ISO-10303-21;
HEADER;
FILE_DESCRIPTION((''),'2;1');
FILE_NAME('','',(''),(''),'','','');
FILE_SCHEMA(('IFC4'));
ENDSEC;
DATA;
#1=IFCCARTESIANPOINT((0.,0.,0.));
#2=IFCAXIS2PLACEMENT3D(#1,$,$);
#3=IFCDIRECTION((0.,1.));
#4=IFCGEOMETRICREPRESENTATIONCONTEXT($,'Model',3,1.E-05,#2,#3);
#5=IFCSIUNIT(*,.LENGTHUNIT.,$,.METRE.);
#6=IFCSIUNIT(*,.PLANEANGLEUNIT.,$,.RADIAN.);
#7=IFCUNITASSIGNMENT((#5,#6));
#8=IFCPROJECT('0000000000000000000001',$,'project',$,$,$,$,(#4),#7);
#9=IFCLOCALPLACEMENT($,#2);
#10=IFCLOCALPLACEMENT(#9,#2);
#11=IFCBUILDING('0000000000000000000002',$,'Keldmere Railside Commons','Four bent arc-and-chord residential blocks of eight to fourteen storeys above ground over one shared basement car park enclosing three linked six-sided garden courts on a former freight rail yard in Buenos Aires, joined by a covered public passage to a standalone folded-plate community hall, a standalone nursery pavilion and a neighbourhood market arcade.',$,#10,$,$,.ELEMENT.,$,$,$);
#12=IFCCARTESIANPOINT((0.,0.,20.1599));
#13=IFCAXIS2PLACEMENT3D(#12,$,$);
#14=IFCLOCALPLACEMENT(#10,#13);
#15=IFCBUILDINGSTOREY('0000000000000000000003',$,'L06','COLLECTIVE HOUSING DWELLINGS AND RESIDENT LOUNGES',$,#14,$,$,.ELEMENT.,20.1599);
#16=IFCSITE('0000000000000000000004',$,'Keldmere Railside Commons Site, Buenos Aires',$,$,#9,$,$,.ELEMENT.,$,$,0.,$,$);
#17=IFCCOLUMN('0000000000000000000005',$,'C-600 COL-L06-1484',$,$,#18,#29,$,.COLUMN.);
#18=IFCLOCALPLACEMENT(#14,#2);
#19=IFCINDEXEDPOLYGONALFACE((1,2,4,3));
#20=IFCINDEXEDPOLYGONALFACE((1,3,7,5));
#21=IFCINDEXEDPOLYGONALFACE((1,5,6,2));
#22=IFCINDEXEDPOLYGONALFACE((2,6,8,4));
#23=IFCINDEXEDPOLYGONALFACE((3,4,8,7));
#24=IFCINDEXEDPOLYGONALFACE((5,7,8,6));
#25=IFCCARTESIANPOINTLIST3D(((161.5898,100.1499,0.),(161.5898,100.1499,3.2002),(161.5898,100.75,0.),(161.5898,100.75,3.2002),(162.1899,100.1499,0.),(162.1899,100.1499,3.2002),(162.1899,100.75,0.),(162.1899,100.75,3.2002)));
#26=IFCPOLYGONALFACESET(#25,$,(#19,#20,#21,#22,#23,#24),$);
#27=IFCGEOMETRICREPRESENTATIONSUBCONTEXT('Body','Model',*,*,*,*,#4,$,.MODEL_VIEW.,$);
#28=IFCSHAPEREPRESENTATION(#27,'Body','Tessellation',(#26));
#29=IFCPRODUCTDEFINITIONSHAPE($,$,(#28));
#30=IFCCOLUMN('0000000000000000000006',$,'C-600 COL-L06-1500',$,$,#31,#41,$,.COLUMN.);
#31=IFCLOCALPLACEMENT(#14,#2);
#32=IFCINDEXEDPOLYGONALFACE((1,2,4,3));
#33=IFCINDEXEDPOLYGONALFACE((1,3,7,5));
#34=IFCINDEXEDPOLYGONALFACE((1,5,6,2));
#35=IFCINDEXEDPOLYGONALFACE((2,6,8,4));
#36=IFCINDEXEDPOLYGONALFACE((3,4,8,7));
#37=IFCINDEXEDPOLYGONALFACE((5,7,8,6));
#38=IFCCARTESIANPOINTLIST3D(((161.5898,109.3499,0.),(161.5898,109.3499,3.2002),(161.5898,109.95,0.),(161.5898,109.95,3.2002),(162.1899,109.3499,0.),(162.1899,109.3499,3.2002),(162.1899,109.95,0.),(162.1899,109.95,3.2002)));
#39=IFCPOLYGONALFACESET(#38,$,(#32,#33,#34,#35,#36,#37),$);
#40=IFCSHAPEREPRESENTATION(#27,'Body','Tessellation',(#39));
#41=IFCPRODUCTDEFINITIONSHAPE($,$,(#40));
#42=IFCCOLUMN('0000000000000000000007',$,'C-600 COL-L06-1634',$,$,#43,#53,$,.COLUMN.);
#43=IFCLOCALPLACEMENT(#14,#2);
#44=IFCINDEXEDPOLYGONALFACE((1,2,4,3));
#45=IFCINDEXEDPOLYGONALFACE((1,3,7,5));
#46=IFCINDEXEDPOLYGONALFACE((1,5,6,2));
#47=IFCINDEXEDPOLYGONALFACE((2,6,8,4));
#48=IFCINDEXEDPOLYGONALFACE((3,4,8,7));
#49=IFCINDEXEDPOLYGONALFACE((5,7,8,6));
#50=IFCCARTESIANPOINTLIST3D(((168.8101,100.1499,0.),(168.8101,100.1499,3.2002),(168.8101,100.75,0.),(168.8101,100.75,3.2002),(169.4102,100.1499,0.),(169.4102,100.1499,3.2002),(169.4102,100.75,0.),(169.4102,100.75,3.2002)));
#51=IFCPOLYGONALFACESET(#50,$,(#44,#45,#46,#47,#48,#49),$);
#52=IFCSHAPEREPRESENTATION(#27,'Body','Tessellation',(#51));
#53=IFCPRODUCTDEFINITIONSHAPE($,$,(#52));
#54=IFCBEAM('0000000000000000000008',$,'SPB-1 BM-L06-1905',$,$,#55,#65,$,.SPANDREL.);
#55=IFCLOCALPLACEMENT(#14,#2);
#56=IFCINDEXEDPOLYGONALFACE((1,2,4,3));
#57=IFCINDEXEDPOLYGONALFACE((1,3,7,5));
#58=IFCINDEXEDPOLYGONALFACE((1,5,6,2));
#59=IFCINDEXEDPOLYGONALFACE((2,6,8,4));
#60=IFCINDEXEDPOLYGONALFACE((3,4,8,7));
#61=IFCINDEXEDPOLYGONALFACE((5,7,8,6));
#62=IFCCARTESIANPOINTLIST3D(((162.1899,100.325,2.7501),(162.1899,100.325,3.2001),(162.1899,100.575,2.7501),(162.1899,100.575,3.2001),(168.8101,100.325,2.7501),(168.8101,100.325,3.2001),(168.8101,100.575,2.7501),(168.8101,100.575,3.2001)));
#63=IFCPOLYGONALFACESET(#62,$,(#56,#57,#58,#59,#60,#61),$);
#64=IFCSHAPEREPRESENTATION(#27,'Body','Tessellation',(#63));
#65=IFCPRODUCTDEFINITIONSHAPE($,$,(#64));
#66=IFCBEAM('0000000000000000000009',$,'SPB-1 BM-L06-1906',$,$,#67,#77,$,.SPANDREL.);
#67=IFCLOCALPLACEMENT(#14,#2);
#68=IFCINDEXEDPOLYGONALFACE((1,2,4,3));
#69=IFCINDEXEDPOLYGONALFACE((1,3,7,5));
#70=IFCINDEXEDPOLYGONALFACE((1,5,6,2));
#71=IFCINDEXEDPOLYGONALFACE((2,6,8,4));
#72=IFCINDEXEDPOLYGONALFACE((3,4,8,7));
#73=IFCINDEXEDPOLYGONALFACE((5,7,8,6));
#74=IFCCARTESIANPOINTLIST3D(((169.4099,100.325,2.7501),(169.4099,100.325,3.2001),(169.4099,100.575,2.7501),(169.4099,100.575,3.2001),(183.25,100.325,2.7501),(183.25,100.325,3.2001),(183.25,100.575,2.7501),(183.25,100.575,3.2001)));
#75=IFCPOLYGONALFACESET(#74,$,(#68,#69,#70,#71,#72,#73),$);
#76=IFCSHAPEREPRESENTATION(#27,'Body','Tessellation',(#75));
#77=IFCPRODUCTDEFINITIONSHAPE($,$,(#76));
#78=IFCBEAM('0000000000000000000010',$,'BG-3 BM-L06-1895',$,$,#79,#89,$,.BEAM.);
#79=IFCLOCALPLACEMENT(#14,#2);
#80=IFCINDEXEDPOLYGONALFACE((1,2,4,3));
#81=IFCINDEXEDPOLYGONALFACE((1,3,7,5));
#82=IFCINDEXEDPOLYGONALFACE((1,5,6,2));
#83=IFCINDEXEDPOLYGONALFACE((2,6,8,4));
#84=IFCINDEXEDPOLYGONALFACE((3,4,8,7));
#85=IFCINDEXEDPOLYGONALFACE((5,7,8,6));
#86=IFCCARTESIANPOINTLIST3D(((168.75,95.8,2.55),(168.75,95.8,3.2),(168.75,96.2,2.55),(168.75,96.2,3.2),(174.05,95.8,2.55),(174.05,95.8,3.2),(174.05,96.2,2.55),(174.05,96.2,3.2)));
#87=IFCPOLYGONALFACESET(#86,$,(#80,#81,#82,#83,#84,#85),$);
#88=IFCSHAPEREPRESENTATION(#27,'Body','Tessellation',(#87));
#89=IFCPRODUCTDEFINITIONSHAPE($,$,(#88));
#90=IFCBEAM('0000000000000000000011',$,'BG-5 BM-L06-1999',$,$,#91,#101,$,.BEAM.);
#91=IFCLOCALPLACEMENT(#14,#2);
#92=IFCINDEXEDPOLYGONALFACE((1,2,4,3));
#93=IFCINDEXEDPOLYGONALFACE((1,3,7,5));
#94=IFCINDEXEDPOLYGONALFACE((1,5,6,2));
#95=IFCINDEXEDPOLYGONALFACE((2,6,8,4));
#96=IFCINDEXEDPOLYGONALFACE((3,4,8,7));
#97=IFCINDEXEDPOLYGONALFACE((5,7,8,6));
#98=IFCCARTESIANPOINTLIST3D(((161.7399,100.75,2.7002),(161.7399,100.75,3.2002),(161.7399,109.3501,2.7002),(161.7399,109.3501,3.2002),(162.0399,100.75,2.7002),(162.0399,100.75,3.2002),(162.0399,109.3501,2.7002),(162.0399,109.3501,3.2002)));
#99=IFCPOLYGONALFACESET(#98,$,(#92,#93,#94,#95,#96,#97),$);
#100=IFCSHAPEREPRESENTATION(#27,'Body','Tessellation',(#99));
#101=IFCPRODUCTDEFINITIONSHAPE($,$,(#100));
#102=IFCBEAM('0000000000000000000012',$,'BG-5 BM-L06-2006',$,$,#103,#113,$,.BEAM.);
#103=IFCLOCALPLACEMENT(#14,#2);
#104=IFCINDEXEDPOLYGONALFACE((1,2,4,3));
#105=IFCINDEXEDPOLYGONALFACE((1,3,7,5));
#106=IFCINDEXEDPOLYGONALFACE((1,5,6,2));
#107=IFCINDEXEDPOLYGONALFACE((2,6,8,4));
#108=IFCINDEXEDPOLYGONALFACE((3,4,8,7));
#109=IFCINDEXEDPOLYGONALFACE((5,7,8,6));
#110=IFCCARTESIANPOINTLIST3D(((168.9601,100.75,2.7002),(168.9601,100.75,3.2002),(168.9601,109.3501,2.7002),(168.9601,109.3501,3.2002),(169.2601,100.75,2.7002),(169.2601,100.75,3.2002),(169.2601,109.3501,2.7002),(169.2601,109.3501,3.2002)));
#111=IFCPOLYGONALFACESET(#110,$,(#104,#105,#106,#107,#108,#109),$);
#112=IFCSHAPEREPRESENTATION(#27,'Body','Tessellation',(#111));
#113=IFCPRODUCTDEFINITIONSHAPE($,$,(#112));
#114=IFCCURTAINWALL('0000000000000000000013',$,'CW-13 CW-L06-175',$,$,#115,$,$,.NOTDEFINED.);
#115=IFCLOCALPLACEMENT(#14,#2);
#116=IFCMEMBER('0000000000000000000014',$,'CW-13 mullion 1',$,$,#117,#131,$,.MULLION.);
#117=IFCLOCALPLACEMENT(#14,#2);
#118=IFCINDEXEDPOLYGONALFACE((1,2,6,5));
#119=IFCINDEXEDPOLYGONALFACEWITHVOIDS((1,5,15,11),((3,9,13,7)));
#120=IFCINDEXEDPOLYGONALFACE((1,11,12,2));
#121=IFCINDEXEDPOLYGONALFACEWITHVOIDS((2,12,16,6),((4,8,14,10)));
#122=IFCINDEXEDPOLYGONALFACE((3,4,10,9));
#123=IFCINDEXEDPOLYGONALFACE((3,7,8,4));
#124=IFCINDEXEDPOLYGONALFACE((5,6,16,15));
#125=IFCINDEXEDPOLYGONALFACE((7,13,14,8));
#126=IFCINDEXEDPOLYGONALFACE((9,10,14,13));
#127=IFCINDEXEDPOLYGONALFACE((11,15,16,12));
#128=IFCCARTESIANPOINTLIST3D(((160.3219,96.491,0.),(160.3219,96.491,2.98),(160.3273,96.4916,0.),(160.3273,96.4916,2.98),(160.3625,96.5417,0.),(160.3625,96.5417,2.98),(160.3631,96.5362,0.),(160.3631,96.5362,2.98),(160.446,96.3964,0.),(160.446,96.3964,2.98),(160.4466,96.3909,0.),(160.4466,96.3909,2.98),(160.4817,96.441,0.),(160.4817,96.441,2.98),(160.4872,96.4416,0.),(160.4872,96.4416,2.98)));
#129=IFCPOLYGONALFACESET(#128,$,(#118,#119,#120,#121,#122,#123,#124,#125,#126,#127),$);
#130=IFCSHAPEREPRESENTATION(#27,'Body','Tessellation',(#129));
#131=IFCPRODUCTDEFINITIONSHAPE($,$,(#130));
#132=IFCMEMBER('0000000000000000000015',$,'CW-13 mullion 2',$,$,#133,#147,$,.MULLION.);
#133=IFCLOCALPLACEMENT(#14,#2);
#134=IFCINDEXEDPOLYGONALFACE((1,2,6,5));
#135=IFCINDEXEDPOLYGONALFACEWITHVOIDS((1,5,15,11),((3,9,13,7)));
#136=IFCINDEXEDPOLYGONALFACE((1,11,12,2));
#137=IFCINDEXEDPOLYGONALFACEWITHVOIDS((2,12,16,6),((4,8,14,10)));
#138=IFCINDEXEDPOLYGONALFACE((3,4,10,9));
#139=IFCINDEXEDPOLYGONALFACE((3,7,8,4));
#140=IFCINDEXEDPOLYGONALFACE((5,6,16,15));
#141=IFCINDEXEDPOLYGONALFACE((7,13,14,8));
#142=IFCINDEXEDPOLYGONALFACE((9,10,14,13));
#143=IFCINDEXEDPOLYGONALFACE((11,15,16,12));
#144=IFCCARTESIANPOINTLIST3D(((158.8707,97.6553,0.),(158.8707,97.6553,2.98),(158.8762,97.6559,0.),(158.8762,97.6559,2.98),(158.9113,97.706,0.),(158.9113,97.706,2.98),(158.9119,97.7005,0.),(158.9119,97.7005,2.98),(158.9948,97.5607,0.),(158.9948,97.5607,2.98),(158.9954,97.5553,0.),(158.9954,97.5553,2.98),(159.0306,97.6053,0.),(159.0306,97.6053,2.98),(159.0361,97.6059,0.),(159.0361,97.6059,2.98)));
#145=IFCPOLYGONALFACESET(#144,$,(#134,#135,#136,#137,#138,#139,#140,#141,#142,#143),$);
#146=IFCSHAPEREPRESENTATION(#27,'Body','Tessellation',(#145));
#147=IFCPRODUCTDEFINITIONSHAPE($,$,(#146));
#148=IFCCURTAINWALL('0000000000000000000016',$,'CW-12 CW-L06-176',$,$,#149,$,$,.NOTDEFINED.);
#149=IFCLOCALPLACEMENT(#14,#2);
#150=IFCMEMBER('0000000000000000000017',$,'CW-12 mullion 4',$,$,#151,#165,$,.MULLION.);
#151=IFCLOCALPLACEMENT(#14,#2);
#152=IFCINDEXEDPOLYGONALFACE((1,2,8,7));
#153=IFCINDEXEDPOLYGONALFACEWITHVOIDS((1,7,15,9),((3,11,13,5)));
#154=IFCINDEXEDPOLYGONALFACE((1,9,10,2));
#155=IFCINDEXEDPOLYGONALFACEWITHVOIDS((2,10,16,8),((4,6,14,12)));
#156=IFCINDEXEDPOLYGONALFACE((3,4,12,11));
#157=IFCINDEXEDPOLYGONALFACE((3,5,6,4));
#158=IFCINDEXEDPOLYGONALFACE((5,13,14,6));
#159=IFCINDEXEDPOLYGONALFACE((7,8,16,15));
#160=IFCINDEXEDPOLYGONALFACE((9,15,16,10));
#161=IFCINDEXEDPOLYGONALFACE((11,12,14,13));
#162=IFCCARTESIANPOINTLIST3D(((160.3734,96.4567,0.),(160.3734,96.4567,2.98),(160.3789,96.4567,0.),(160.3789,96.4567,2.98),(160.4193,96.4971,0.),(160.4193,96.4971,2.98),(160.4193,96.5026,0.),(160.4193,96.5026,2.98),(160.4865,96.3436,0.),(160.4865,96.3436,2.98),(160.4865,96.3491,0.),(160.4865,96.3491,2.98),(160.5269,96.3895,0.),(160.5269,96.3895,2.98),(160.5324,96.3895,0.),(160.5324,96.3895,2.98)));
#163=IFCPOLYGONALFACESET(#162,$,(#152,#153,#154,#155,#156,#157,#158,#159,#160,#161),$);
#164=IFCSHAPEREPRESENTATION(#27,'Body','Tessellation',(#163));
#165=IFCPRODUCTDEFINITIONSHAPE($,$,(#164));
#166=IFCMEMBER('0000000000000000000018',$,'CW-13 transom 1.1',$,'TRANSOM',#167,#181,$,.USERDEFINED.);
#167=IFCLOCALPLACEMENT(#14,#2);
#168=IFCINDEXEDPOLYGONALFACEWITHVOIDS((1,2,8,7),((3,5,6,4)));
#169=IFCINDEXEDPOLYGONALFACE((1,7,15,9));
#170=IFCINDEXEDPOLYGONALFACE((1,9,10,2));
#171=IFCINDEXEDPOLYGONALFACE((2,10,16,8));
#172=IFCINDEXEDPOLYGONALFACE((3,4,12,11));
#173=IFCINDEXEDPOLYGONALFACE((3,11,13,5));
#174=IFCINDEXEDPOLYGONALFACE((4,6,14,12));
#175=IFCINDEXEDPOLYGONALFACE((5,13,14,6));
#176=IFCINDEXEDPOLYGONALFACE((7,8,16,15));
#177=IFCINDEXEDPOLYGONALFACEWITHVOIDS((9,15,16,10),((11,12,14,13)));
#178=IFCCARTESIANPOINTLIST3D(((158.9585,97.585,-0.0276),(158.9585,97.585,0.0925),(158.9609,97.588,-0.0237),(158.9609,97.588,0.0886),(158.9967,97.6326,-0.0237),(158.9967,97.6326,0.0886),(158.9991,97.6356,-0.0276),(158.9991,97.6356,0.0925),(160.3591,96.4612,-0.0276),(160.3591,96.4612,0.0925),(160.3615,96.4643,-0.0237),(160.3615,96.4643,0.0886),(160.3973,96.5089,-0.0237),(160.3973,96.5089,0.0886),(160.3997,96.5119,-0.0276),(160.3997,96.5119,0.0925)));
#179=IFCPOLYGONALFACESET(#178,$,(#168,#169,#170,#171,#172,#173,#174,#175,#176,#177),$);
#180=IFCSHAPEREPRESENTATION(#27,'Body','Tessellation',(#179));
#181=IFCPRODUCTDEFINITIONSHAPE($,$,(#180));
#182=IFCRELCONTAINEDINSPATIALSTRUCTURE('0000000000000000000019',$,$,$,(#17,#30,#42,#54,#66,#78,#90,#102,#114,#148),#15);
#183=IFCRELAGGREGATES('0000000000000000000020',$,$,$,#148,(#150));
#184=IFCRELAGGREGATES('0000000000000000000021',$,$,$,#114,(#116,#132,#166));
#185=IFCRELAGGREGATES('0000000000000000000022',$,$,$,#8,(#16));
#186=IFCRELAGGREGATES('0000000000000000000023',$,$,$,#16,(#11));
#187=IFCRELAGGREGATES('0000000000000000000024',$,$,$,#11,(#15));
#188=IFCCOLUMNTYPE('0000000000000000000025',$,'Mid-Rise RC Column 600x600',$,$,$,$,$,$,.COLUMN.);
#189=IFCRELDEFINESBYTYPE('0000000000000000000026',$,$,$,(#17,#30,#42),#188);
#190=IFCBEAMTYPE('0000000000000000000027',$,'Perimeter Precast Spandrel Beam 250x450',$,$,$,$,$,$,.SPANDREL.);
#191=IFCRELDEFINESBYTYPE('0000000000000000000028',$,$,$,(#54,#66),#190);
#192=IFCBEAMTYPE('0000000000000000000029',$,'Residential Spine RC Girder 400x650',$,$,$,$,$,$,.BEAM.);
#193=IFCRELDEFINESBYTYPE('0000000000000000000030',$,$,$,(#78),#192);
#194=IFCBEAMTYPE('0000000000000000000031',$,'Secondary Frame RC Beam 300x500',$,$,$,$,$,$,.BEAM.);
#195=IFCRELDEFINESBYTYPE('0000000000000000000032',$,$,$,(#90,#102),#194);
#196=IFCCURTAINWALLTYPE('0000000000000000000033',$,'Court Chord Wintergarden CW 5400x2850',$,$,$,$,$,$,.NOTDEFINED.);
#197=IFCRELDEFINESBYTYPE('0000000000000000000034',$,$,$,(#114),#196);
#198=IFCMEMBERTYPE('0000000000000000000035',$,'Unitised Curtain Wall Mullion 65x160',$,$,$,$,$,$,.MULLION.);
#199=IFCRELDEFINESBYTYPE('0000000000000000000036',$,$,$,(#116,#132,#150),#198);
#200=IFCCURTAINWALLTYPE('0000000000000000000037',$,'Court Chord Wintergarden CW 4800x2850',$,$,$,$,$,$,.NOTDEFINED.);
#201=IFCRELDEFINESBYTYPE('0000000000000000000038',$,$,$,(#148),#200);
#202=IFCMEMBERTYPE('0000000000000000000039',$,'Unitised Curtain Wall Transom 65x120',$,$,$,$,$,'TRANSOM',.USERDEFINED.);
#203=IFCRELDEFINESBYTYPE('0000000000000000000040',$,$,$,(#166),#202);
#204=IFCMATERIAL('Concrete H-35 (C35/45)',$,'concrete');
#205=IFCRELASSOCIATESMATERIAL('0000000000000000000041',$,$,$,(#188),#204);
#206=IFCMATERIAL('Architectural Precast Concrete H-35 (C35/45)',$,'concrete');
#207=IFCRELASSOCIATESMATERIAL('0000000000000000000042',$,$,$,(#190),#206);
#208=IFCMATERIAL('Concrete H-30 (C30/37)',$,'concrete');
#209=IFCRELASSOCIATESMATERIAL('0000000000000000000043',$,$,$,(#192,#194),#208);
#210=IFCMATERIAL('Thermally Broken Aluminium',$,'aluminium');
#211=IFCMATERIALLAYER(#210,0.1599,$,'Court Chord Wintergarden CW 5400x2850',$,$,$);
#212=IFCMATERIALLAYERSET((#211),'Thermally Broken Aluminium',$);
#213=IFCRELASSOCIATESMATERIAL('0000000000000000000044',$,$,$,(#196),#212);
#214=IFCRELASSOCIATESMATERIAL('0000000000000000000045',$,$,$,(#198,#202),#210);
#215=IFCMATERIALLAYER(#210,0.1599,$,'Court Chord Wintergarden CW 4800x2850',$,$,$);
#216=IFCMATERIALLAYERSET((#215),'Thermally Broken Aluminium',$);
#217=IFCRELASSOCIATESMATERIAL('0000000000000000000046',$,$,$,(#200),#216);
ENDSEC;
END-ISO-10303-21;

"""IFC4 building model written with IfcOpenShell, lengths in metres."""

from ifc_helpers import new_model, si_unit, direction, frame, origin, origin_2d, place, context, subcontext, project, spatial, rectangle, hollow_rectangle, extrude, material, layer, layer_set, material_profile, profile_set, type_object, element, aggregate, save


model = new_model("IFC4")

# Units and contexts
model_context = context("Model", 3, precision=1e-05, world=origin(), true_north=direction((0.0, 1.0)))
body_context = subcontext(model_context, "Body", "Model", "MODEL_VIEW")
ifc_project = project(units=[si_unit("LENGTHUNIT", "METRE"), si_unit("PLANEANGLEUNIT", "RADIAN")], contexts=[model_context])

# Site, building, storey
site_placement = place(None, origin())
site = spatial("IfcSite", under=ifc_project, at=site_placement, Name="Keldmere Railside Commons Site, Buenos Aires", CompositionType="ELEMENT", RefElevation=0.0)
building_placement = place(site_placement, origin())
building = spatial("IfcBuilding", under=site, at=building_placement, Name="Keldmere Railside Commons", Description="Four bent arc-and-chord residential blocks of eight to fourteen storeys above ground over one shared basement car park enclosing three linked six-sided garden courts on a former freight rail yard in Buenos Aires, joined by a covered public passage to a standalone folded-plate community hall, a standalone nursery pavilion and a neighbourhood market arcade.", CompositionType="ELEMENT")
storey_placement = place(building_placement, frame((0.0, 0.0, 20.1599)))
storey = spatial("IfcBuildingStorey", under=building, at=storey_placement, Name="L06", Description="COLLECTIVE HOUSING DWELLINGS AND RESIDENT LOUNGES", CompositionType="ELEMENT", Elevation=20.1599)

# Columns
ifc_material_1 = material(Name="Concrete H-35 (C35/45)", Category="concrete")
ifc_material_profile_1 = material_profile(ifc_material_1, rectangle(XDim=0.6001, YDim=0.6001, at=origin_2d()), Name="RC-600x600")
ifc_profile_set_1 = profile_set([ifc_material_profile_1], Name="Concrete H-35 (C35/45)")
column_type = type_object("IfcColumnType", Name="Mid-Rise RC Column 600x600", PredefinedType="COLUMN", material=ifc_profile_set_1)
for number, where, z_axis, x_axis, name in (
    (1, (161.8899, 100.45, 0.0), (0.0, 0.0, 1.0), (1.0, 0.0, 0.0), "C-600 COL-L06-1484"),
    (2, (161.8899, 109.6499, 0.0), (0.0, 0.0, 1.0), (1.0, 0.0, 0.0), "C-600 COL-L06-1500"),
    (3, (169.1101, 100.45, 0.0), (0.0, 0.0, 1.0), (1.0, 0.0, 0.0), "C-600 COL-L06-1634"),
):
    element("IfcColumn", number, at=place(storey_placement, frame(where, z_axis=z_axis, x_axis=x_axis)), inside=storey, type_object=column_type, Name=name, PredefinedType="COLUMN", context=body_context, shape_type="SweptSolid", body=[
        extrude(rectangle(XDim=0.6001, YDim=0.6001, at=origin_2d()), origin(), (0.0, 0.0, 1.0), 3.2002),
    ])

# Beams
ifc_material_2 = material(Name="Architectural Precast Concrete H-35 (C35/45)", Category="concrete")
ifc_material_profile_2 = material_profile(ifc_material_2, rectangle(XDim=0.25, YDim=0.45, at=origin_2d()), Name="RC-250x450")
ifc_profile_set_2 = profile_set([ifc_material_profile_2], Name="Architectural Precast Concrete H-35 (C35/45)")
beam_type_1 = type_object("IfcBeamType", Name="Perimeter Precast Spandrel Beam 250x450", PredefinedType="SPANDREL", material=ifc_profile_set_2)
beam_1_placement = place(storey_placement, frame((162.1899, 100.45, 2.9751), z_axis=(1.0, 0.0, 0.0), x_axis=(0.0, 1.0, 0.0)))
element("IfcBeam", 4, at=beam_1_placement, inside=storey, type_object=beam_type_1, Name="SPB-1 BM-L06-1905", PredefinedType="SPANDREL", context=body_context, shape_type="SweptSolid", body=[
    extrude(rectangle(XDim=0.25, YDim=0.45, at=origin_2d()), origin(), (0.0, 0.0, 1.0), 6.6201),
])
beam_2_placement = place(storey_placement, frame((169.4099, 100.45, 2.9751), z_axis=(1.0, 0.0, 0.0), x_axis=(0.0, 1.0, 0.0)))
element("IfcBeam", 5, at=beam_2_placement, inside=storey, type_object=beam_type_1, Name="SPB-1 BM-L06-1906", PredefinedType="SPANDREL", context=body_context, shape_type="SweptSolid", body=[
    extrude(rectangle(XDim=0.25, YDim=0.45, at=origin_2d()), origin(), (0.0, 0.0, 1.0), 13.8401),
])
ifc_material_3 = material(Name="Concrete H-30 (C30/37)", Category="concrete")
ifc_material_profile_3 = material_profile(ifc_material_3, rectangle(XDim=0.3999, YDim=0.6499, at=origin_2d()), Name="RC-400x650")
ifc_profile_set_3 = profile_set([ifc_material_profile_3], Name="Concrete H-30 (C30/37)")
beam_type_2 = type_object("IfcBeamType", Name="Residential Spine RC Girder 400x650", PredefinedType="BEAM", material=ifc_profile_set_3)
beam_3_placement = place(storey_placement, frame((168.75, 96.0, 2.875), z_axis=(1.0, 0.0, 0.0), x_axis=(0.0, 1.0, 0.0)))
element("IfcBeam", 6, at=beam_3_placement, inside=storey, type_object=beam_type_2, Name="BG-3 BM-L06-1895", PredefinedType="BEAM", context=body_context, shape_type="SweptSolid", body=[
    extrude(rectangle(XDim=0.3999, YDim=0.6499, at=origin_2d()), origin(), (0.0, 0.0, 1.0), 5.3),
])
ifc_material_profile_4 = material_profile(ifc_material_3, rectangle(XDim=0.3, YDim=0.5, at=origin_2d()), Name="RC-300x500")
ifc_profile_set_4 = profile_set([ifc_material_profile_4], Name="Concrete H-30 (C30/37)")
beam_type_3 = type_object("IfcBeamType", Name="Secondary Frame RC Beam 300x500", PredefinedType="BEAM", material=ifc_profile_set_4)
for number, where, z_axis, x_axis, name in (
    (7, (161.8899, 100.75, 2.9502), (0.0, 1.0, 0.0), (-1.0, 0.0, 0.0), "BG-5 BM-L06-1999"),
    (8, (169.1101, 100.75, 2.9502), (0.0, 1.0, 0.0), (-1.0, 0.0, 0.0), "BG-5 BM-L06-2006"),
):
    element("IfcBeam", number, at=place(storey_placement, frame(where, z_axis=z_axis, x_axis=x_axis)), inside=storey, type_object=beam_type_3, Name=name, PredefinedType="BEAM", context=body_context, shape_type="SweptSolid", body=[
        extrude(rectangle(XDim=0.3, YDim=0.5, at=origin_2d()), origin(), (0.0, 0.0, 1.0), 8.6001),
    ])

# Curtain wall, members
ifc_material_4 = material(Name="Thermally Broken Aluminium", Category="aluminium")
ifc_layer_1 = layer(ifc_material_4, 0.1599, Name="Court Chord Wintergarden CW 5400x2850")
ifc_layer_set_1 = layer_set([ifc_layer_1], Name="Thermally Broken Aluminium")
curtain_wall_type_1 = type_object("IfcCurtainWallType", Name="Court Chord Wintergarden CW 5400x2850", PredefinedType="NOTDEFINED", material=ifc_layer_set_1)
curtain_wall_1_placement = place(storey_placement, origin())
curtain_wall_1 = element("IfcCurtainWall", 9, at=curtain_wall_1_placement, inside=storey, type_object=curtain_wall_type_1, Name="CW-13 CW-L06-175", PredefinedType="NOTDEFINED")
ifc_material_profile_5 = material_profile(ifc_material_4, hollow_rectangle(XDim=0.0649, YDim=0.1599, WallThickness=0.0039, at=origin_2d()), Name="ALU-MULL-65x160")
ifc_profile_set_5 = profile_set([ifc_material_profile_5], Name="Thermally Broken Aluminium")
member_type_1 = type_object("IfcMemberType", Name="Unitised Curtain Wall Mullion 65x160", PredefinedType="MULLION", material=ifc_profile_set_5)
member_1_placement = place(storey_placement, frame((160.4045, 96.4663, 0.0), z_axis=(0.0, 0.0, 1.0), x_axis=(-0.625768, -0.780009, 0.0)))
member_1 = element("IfcMember", 10, at=member_1_placement, type_object=member_type_1, Name="CW-13 mullion 1", PredefinedType="MULLION", context=body_context, shape_type="SweptSolid", body=[
    extrude(hollow_rectangle(XDim=0.0649, YDim=0.1599, WallThickness=0.0039, at=origin_2d()), origin(), (0.0, 0.0, 1.0), 2.98),
])
member_2_placement = place(storey_placement, frame((158.9534, 97.6306, 0.0), z_axis=(0.0, 0.0, 1.0), x_axis=(-0.625768, -0.780009, 0.0)))
member_2 = element("IfcMember", 11, at=member_2_placement, type_object=member_type_1, Name="CW-13 mullion 2", PredefinedType="MULLION", context=body_context, shape_type="SweptSolid", body=[
    extrude(hollow_rectangle(XDim=0.0649, YDim=0.1599, WallThickness=0.0039, at=origin_2d()), origin(), (0.0, 0.0, 1.0), 2.98),
])

# Curtain wall, member
ifc_layer_2 = layer(ifc_material_4, 0.1599, Name="Court Chord Wintergarden CW 4800x2850")
ifc_layer_set_2 = layer_set([ifc_layer_2], Name="Thermally Broken Aluminium")
curtain_wall_type_2 = type_object("IfcCurtainWallType", Name="Court Chord Wintergarden CW 4800x2850", PredefinedType="NOTDEFINED", material=ifc_layer_set_2)
curtain_wall_2_placement = place(storey_placement, origin())
curtain_wall_2 = element("IfcCurtainWall", 12, at=curtain_wall_2_placement, inside=storey, type_object=curtain_wall_type_2, Name="CW-12 CW-L06-176", PredefinedType="NOTDEFINED")
member_3_placement = place(storey_placement, frame((160.4529, 96.4231, 0.0), z_axis=(0.0, 0.0, 1.0), x_axis=(-0.707107, -0.707107, 0.0)))
member_3 = element("IfcMember", 13, at=member_3_placement, type_object=member_type_1, Name="CW-12 mullion 4", PredefinedType="MULLION", context=body_context, shape_type="SweptSolid", body=[
    extrude(hollow_rectangle(XDim=0.0649, YDim=0.1599, WallThickness=0.0039, at=origin_2d()), origin(), (0.0, 0.0, 1.0), 2.98),
])
aggregate(curtain_wall_2, [member_3])

# Member
ifc_material_profile_6 = material_profile(ifc_material_4, hollow_rectangle(XDim=0.0649, YDim=0.1201, WallThickness=0.0039, at=origin_2d()), Name="ALU-TRAN-65x120")
ifc_profile_set_6 = profile_set([ifc_material_profile_6], Name="Thermally Broken Aluminium")
member_type_2 = type_object("IfcMemberType", Name="Unitised Curtain Wall Transom 65x120", ElementType="TRANSOM", PredefinedType="USERDEFINED", material=ifc_profile_set_6)
member_4_placement = place(storey_placement, frame((160.3794, 96.4866, 0.0325), z_axis=(-0.779979, 0.625805, 0.0), x_axis=(-0.625805, -0.779979, 0.0)))
member_4 = element("IfcMember", 14, at=member_4_placement, type_object=member_type_2, Name="CW-13 transom 1.1", ObjectType="TRANSOM", PredefinedType="USERDEFINED", context=body_context, shape_type="SweptSolid", body=[
    extrude(hollow_rectangle(XDim=0.0649, YDim=0.1201, WallThickness=0.0039, at=origin_2d()), origin(), (0.0, 0.0, 1.0), 1.7957),
])

aggregate(curtain_wall_1, [member_1, member_2, member_4])

save(model, "model.ifc")
